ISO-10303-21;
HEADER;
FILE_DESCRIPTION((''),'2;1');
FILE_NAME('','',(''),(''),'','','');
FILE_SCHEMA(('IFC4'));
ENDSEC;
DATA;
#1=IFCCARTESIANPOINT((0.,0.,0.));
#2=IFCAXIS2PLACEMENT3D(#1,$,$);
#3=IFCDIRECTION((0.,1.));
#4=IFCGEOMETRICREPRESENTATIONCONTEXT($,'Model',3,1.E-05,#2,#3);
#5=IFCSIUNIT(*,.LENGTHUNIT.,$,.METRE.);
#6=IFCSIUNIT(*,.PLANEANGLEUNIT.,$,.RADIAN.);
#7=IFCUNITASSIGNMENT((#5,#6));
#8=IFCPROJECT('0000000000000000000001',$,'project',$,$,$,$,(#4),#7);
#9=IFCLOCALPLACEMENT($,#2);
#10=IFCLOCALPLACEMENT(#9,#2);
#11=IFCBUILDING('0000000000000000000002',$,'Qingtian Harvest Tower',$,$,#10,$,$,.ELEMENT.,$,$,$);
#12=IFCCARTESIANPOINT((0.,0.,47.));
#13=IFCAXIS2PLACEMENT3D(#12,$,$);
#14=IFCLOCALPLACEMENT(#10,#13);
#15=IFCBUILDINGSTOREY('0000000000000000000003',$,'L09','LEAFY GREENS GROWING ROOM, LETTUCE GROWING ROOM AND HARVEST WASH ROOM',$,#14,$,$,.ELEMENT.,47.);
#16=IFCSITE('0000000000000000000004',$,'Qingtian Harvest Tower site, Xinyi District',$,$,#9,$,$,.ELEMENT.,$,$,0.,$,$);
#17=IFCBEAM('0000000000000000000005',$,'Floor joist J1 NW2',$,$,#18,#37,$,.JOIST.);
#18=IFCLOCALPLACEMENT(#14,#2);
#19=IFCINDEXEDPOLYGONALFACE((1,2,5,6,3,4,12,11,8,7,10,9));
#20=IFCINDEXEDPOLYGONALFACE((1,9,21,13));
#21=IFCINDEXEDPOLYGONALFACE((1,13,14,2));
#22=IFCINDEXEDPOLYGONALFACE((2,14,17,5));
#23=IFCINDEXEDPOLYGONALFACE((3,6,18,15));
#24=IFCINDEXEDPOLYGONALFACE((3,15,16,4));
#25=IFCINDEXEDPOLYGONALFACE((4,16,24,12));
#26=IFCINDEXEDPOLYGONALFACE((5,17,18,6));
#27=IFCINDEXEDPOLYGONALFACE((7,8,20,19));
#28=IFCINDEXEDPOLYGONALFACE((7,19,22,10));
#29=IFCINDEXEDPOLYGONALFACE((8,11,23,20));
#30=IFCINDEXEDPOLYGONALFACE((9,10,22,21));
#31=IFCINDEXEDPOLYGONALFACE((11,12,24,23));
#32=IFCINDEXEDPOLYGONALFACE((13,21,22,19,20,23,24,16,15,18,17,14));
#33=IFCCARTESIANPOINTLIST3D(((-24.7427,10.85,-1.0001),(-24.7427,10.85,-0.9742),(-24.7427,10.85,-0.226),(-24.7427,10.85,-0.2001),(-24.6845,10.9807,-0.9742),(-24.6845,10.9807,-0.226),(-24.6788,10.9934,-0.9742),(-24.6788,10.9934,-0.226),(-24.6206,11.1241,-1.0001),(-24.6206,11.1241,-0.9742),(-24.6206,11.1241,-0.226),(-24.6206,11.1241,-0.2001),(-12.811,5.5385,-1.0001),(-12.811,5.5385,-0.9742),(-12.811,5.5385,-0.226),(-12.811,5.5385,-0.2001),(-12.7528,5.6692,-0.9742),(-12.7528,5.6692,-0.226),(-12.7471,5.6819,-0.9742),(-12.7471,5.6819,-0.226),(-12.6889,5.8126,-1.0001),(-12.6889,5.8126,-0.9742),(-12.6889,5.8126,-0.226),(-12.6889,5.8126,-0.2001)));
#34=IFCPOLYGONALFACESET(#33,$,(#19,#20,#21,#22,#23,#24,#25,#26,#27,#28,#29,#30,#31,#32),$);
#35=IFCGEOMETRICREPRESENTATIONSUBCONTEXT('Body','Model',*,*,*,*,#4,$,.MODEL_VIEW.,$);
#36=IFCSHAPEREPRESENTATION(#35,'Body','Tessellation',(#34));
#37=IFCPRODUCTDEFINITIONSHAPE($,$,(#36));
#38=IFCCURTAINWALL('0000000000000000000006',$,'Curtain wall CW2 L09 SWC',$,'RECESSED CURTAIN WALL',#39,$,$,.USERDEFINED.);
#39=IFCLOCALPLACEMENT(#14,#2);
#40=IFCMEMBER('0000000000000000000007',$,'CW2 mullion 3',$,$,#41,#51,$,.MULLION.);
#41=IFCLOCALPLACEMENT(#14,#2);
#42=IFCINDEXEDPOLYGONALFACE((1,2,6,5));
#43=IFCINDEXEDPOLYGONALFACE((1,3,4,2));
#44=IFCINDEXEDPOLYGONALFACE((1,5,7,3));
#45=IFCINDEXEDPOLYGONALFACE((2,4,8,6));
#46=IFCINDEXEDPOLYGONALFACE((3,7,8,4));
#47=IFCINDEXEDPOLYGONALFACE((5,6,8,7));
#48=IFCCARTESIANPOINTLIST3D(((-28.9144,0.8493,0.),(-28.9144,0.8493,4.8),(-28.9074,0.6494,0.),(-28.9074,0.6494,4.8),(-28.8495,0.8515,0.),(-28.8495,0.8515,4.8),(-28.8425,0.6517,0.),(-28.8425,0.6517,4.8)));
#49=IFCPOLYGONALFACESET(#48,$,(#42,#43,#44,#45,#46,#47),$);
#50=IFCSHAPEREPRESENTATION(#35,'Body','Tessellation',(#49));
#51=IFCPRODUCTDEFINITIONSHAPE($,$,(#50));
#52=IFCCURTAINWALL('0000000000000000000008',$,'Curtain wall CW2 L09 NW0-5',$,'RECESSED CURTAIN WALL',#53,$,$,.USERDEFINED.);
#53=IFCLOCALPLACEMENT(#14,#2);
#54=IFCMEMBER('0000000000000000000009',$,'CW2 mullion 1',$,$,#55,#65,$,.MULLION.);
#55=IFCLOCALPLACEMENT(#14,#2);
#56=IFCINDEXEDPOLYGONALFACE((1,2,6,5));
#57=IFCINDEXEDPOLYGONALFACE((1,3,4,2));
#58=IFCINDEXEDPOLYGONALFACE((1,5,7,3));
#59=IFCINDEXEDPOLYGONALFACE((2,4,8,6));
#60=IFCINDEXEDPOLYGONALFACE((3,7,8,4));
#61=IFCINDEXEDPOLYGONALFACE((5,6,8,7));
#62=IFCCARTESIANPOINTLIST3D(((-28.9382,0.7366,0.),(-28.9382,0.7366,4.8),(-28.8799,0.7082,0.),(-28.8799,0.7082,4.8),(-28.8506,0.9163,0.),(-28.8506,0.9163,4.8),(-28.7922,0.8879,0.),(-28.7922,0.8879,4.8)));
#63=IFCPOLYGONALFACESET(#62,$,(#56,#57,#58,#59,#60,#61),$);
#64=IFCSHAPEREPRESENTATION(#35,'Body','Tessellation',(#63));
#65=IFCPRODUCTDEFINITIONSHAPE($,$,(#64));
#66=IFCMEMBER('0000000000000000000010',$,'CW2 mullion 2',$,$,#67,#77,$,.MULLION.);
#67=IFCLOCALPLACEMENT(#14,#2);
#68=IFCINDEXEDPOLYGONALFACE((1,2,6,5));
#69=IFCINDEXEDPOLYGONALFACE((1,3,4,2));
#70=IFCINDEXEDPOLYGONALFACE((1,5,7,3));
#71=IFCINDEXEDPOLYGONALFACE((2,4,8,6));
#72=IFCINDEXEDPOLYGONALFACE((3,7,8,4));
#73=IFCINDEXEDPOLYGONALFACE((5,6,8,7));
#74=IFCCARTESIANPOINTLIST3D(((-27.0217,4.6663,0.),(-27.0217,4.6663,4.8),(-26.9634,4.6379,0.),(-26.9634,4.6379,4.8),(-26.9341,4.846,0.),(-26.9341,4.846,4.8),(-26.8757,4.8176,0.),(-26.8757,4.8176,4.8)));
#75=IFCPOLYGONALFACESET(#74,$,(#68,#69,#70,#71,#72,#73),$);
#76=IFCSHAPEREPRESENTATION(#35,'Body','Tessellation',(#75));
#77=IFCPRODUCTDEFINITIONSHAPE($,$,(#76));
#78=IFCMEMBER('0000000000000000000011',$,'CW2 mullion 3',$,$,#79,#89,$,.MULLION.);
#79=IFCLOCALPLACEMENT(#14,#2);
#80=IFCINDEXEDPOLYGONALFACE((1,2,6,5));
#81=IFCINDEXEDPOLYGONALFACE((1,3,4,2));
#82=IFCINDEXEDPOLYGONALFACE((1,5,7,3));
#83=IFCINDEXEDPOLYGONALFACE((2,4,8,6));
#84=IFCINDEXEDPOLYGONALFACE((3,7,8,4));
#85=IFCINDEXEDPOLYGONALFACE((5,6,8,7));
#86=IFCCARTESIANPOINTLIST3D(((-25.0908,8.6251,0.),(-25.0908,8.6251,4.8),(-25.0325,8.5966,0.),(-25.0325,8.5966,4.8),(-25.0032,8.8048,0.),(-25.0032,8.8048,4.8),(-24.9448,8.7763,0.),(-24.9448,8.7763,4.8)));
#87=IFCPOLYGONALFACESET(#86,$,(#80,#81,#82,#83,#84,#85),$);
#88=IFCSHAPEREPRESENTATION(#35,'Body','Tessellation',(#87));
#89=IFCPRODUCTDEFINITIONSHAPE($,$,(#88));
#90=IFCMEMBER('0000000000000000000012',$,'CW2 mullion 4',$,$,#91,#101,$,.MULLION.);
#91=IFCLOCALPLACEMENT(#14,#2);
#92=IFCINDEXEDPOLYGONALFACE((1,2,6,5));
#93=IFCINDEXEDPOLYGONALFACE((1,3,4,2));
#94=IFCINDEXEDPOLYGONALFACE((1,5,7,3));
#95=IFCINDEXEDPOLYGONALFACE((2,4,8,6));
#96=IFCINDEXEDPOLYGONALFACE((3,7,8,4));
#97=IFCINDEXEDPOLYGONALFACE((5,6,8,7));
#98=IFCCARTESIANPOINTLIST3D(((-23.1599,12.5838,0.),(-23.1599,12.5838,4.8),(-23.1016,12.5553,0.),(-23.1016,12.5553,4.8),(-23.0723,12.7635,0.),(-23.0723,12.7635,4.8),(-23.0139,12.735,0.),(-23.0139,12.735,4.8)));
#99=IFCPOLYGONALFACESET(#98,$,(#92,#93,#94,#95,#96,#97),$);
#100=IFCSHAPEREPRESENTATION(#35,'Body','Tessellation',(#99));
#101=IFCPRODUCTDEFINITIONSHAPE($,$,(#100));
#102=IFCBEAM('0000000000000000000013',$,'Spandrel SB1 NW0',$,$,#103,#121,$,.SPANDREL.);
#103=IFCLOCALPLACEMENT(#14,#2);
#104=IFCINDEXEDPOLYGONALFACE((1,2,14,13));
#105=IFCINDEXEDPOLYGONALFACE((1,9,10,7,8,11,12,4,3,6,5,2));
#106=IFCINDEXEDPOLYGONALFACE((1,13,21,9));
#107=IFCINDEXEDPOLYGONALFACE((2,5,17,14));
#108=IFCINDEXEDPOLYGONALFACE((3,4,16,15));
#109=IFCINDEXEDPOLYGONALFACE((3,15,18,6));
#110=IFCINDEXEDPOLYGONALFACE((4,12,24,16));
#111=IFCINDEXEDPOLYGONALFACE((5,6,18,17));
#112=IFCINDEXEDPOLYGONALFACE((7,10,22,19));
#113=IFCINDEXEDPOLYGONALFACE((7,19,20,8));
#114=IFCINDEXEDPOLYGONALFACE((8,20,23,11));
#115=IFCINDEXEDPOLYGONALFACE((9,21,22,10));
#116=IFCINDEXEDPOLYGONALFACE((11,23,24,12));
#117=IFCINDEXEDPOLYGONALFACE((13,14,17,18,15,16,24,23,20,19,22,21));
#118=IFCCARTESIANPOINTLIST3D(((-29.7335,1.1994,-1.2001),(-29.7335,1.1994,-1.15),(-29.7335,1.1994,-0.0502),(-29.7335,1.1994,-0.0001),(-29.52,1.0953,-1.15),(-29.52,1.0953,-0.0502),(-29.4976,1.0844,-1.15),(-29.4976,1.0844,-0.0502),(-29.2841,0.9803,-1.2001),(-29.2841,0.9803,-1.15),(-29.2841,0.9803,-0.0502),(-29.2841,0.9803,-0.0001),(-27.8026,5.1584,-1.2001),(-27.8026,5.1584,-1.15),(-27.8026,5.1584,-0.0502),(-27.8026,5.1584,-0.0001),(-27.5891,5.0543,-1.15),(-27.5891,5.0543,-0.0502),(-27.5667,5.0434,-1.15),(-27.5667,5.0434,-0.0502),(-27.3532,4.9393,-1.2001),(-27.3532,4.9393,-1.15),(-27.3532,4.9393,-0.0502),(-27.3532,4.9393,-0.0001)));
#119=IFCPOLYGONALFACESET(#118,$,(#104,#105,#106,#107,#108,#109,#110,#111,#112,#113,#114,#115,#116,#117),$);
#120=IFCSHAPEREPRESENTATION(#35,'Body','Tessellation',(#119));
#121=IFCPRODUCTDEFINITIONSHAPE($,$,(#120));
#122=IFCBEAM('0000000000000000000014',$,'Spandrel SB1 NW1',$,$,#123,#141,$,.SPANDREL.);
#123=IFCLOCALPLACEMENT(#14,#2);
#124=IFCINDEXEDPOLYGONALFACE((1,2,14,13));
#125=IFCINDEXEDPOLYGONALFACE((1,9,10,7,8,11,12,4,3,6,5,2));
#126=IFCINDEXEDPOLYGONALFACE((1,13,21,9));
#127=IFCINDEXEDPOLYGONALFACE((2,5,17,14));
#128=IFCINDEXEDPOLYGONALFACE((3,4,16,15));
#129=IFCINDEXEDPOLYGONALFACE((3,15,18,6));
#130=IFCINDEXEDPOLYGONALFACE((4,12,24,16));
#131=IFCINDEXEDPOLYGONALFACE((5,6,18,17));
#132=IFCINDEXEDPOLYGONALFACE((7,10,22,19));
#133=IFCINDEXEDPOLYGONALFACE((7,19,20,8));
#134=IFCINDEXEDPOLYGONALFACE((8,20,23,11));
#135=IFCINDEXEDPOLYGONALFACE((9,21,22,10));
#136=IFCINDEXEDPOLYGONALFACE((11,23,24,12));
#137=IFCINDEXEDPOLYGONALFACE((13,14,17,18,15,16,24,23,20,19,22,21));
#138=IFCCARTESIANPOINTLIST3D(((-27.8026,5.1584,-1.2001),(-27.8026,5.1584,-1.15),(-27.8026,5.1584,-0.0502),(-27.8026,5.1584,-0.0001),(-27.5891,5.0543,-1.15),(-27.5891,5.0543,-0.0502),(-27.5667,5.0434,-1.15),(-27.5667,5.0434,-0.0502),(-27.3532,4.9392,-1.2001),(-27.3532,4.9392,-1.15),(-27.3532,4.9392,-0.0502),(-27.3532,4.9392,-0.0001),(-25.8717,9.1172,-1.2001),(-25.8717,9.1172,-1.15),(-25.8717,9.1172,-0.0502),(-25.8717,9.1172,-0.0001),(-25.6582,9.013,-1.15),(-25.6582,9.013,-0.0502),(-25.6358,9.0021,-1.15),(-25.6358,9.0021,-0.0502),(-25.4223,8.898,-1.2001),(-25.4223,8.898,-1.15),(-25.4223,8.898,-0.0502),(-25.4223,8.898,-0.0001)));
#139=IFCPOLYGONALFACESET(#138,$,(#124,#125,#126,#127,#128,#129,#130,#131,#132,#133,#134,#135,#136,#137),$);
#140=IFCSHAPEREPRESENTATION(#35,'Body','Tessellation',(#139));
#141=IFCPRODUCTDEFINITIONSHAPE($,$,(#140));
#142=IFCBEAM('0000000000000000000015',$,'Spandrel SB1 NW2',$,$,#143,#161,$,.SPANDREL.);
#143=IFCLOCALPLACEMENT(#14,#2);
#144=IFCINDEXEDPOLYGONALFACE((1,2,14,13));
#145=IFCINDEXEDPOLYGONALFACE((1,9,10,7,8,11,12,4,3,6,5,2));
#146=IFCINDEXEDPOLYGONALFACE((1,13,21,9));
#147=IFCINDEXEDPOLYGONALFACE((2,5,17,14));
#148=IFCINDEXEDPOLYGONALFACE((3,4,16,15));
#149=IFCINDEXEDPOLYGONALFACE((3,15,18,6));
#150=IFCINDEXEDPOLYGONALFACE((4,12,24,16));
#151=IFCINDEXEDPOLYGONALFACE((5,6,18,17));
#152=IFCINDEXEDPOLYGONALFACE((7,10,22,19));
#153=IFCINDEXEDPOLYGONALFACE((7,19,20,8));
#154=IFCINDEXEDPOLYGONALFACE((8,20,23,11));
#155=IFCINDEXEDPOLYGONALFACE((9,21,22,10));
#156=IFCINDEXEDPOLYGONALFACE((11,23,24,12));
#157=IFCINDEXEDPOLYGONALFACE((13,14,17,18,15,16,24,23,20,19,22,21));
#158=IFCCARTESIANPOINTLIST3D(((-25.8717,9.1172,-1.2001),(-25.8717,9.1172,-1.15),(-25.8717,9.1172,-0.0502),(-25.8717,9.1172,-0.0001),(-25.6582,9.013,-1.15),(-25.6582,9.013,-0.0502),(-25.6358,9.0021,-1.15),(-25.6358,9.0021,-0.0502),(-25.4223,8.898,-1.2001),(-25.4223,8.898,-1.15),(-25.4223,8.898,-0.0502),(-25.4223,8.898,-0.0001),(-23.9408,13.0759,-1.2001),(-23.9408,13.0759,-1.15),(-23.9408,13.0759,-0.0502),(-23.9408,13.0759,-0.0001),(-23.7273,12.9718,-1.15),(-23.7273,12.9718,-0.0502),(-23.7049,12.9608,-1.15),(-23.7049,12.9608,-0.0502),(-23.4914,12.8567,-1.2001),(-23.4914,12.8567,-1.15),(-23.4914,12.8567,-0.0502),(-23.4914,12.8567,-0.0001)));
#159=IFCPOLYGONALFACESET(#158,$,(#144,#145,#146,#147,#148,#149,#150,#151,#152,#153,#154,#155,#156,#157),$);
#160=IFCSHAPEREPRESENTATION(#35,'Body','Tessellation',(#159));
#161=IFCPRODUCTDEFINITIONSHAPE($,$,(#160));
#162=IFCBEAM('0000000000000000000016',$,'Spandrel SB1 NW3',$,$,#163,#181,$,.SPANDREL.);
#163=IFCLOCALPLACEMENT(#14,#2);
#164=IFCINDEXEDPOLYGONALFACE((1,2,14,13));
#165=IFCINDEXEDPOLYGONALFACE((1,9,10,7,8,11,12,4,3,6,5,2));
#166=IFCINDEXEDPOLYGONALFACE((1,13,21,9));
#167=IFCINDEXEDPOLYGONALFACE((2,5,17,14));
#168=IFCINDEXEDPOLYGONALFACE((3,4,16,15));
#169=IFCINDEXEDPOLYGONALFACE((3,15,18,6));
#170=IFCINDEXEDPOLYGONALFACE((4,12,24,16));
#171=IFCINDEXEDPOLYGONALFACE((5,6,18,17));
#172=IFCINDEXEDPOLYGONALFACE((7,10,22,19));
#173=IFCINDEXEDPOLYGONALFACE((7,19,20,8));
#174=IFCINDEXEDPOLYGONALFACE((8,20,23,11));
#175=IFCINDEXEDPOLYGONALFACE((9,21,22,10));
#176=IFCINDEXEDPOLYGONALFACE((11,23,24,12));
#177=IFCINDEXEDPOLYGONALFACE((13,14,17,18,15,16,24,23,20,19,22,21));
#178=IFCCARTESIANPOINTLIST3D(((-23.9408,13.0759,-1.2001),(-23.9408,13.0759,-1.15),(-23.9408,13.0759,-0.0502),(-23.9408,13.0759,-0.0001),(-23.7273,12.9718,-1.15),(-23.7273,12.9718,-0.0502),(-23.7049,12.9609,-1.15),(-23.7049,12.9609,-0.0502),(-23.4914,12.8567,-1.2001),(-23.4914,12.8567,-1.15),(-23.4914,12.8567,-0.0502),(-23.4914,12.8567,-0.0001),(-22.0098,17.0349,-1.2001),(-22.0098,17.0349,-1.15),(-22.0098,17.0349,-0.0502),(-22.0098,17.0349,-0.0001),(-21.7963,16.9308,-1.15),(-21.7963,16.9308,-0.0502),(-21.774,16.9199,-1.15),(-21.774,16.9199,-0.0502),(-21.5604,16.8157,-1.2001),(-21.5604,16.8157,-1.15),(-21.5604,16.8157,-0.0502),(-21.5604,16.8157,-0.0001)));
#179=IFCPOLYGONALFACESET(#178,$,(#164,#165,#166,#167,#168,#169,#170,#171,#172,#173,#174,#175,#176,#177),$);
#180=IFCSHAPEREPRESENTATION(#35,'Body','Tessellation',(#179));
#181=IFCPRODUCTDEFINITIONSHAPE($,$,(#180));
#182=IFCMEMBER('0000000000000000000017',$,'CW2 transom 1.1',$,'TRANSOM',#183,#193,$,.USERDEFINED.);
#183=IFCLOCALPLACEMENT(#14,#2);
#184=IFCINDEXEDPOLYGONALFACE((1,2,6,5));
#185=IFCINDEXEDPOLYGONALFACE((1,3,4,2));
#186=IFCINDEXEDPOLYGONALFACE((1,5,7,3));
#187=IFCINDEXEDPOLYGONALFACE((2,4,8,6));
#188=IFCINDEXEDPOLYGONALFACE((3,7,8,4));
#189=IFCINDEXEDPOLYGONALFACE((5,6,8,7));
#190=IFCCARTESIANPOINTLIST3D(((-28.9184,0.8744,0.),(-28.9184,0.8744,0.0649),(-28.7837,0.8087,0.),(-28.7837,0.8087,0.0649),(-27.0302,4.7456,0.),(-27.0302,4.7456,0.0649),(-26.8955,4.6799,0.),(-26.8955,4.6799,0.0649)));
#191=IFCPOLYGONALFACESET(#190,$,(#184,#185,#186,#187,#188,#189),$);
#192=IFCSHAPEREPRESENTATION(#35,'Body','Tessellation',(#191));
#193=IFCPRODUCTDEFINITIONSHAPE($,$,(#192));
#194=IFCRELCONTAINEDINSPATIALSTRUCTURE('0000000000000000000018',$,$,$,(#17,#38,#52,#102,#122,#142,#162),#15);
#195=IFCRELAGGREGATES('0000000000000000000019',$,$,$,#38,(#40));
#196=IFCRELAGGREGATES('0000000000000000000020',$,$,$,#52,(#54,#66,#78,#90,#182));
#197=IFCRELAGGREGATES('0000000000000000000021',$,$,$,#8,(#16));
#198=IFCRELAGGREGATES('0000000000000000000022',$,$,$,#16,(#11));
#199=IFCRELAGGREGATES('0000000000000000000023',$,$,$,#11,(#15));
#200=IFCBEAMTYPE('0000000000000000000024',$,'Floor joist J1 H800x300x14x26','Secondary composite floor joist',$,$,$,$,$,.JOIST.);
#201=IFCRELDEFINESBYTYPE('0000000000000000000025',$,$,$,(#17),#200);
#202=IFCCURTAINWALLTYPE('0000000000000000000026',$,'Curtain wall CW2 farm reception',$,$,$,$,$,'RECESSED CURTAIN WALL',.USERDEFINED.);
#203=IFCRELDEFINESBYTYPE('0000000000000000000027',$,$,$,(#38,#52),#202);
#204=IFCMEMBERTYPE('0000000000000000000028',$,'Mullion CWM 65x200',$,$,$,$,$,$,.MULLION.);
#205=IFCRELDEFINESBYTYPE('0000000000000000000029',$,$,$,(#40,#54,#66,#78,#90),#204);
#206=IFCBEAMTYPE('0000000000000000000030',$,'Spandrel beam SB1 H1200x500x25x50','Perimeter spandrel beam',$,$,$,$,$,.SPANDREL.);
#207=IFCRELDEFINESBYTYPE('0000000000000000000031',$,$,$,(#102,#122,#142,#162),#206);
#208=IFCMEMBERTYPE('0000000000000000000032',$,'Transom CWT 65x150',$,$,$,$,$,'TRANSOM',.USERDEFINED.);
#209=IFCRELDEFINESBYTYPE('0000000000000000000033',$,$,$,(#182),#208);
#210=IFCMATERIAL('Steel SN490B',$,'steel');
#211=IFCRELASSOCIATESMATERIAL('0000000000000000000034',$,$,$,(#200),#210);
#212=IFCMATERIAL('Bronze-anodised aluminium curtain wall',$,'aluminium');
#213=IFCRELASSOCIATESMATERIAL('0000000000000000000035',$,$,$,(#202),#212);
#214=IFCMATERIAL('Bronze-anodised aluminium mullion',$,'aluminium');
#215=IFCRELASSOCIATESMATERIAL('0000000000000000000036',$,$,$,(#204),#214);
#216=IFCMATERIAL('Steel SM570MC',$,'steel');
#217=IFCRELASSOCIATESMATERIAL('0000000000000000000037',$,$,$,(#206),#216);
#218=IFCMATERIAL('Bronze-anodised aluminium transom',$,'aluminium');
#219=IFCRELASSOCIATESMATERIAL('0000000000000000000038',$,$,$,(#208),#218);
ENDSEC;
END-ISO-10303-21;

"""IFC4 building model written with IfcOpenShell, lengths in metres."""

from ifc_helpers import new_model, si_unit, direction, frame, origin, origin_2d, place, context, subcontext, project, spatial, rectangle, i_section, extrude, material, material_profile, profile_set, type_object, element, aggregate, save


model = new_model("IFC4")

# Units and contexts
model_context = context("Model", 3, precision=1e-05, world=origin(), true_north=direction((0.0, 1.0)))
body_context = subcontext(model_context, "Body", "Model", "MODEL_VIEW")
ifc_project = project(units=[si_unit("LENGTHUNIT", "METRE"), si_unit("PLANEANGLEUNIT", "RADIAN")], contexts=[model_context])

# Site, building, storey
site_placement = place(None, origin())
site = spatial("IfcSite", under=ifc_project, at=site_placement, Name="Qingtian Harvest Tower site, Xinyi District", CompositionType="ELEMENT", RefElevation=0.0)
building_placement = place(site_placement, origin())
building = spatial("IfcBuilding", under=site, at=building_placement, Name="Qingtian Harvest Tower", CompositionType="ELEMENT")
storey_placement = place(building_placement, frame((0.0, 0.0, 47.0)))
storey = spatial("IfcBuildingStorey", under=building, at=storey_placement, Name="L09", Description="LEAFY GREENS GROWING ROOM, LETTUCE GROWING ROOM AND HARVEST WASH ROOM", CompositionType="ELEMENT", Elevation=47.0)

# Beam
ifc_material_1 = material(Name="Steel SN490B", Category="steel")
ifc_material_profile_1 = material_profile(ifc_material_1, i_section(OverallWidth=0.3, OverallDepth=0.8, WebThickness=0.0139, FlangeThickness=0.0259, at=origin_2d()), Name="H800x300x14x26")
ifc_profile_set_1 = profile_set([ifc_material_profile_1], Name="Steel SN490B")
beam_type_1 = type_object("IfcBeamType", Name="Floor joist J1 H800x300x14x26", Description="Secondary composite floor joist", PredefinedType="JOIST", material=ifc_profile_set_1)
beam_1_placement = place(storey_placement, frame((-24.6816, 10.9871, -0.6001), z_axis=(0.913568, -0.406686, 0.0), x_axis=(0.406686, 0.913568, 0.0)))
element("IfcBeam", 1, at=beam_1_placement, inside=storey, type_object=beam_type_1, Name="Floor joist J1 NW2", PredefinedType="JOIST", context=body_context, shape_type="SweptSolid", body=[
    extrude(i_section(OverallWidth=0.3, OverallDepth=0.8, WebThickness=0.0139, FlangeThickness=0.0259, at=origin_2d()), origin(), (0.0, 0.0, 1.0), 13.0605),
])

# Curtain wall, member
ifc_material_2 = material(Name="Bronze-anodised aluminium curtain wall", Category="aluminium")
curtain_wall_type = type_object("IfcCurtainWallType", Name="Curtain wall CW2 farm reception", ElementType="RECESSED CURTAIN WALL", PredefinedType="USERDEFINED", material=ifc_material_2)
curtain_wall_1_placement = place(storey_placement, origin())
curtain_wall_1 = element("IfcCurtainWall", 2, at=curtain_wall_1_placement, inside=storey, type_object=curtain_wall_type, Name="Curtain wall CW2 L09 SWC", ObjectType="RECESSED CURTAIN WALL", PredefinedType="USERDEFINED")
ifc_material_3 = material(Name="Bronze-anodised aluminium mullion", Category="aluminium")
ifc_material_profile_2 = material_profile(ifc_material_3, rectangle(XDim=0.0649, YDim=0.2, at=origin_2d()), Name="AL 65x200")
ifc_profile_set_2 = profile_set([ifc_material_profile_2], Name="Bronze-anodised aluminium mullion")
member_type_1 = type_object("IfcMemberType", Name="Mullion CWM 65x200", PredefinedType="MULLION", material=ifc_profile_set_2)
member_1_placement = place(storey_placement, frame((-28.8784, 0.7505, 0.0), z_axis=(0.0, 0.0, 1.0), x_axis=(-0.999391, -0.034899, 0.0)))
member_1 = element("IfcMember", 3, at=member_1_placement, type_object=member_type_1, Name="CW2 mullion 3", PredefinedType="MULLION", context=body_context, shape_type="SweptSolid", body=[
    extrude(rectangle(XDim=0.0649, YDim=0.2, at=origin_2d()), origin(), (0.0, 0.0, 1.0), 4.8),
])
aggregate(curtain_wall_1, [member_1])

# Curtain wall, members
curtain_wall_2_placement = place(storey_placement, origin())
curtain_wall_2 = element("IfcCurtainWall", 4, at=curtain_wall_2_placement, inside=storey, type_object=curtain_wall_type, Name="Curtain wall CW2 L09 NW0-5", ObjectType="RECESSED CURTAIN WALL", PredefinedType="USERDEFINED")
member_2_placement = place(storey_placement, frame((-28.8652, 0.8123, 0.0), z_axis=(0.0, 0.0, 1.0), x_axis=(-0.898794, 0.438371, 0.0)))
member_2 = element("IfcMember", 5, at=member_2_placement, type_object=member_type_1, Name="CW2 mullion 1", PredefinedType="MULLION", context=body_context, shape_type="SweptSolid", body=[
    extrude(rectangle(XDim=0.0649, YDim=0.2, at=origin_2d()), origin(), (0.0, 0.0, 1.0), 4.8),
])
member_3_placement = place(storey_placement, frame((-26.9487, 4.7419, 0.0), z_axis=(0.0, 0.0, 1.0), x_axis=(-0.898794, 0.438371, 0.0)))
member_3 = element("IfcMember", 6, at=member_3_placement, type_object=member_type_1, Name="CW2 mullion 2", PredefinedType="MULLION", context=body_context, shape_type="SweptSolid", body=[
    extrude(rectangle(XDim=0.0649, YDim=0.2, at=origin_2d()), origin(), (0.0, 0.0, 1.0), 4.8),
])
member_4_placement = place(storey_placement, frame((-25.0178, 8.7007, 0.0), z_axis=(0.0, 0.0, 1.0), x_axis=(-0.898794, 0.438371, 0.0)))
member_4 = element("IfcMember", 7, at=member_4_placement, type_object=member_type_1, Name="CW2 mullion 3", PredefinedType="MULLION", context=body_context, shape_type="SweptSolid", body=[
    extrude(rectangle(XDim=0.0649, YDim=0.2, at=origin_2d()), origin(), (0.0, 0.0, 1.0), 4.8),
])
member_5_placement = place(storey_placement, frame((-23.0869, 12.6594, 0.0), z_axis=(0.0, 0.0, 1.0), x_axis=(-0.898794, 0.438371, 0.0)))
member_5 = element("IfcMember", 8, at=member_5_placement, type_object=member_type_1, Name="CW2 mullion 4", PredefinedType="MULLION", context=body_context, shape_type="SweptSolid", body=[
    extrude(rectangle(XDim=0.0649, YDim=0.2, at=origin_2d()), origin(), (0.0, 0.0, 1.0), 4.8),
])

# Beams
ifc_material_4 = material(Name="Steel SM570MC", Category="steel")
ifc_material_profile_3 = material_profile(ifc_material_4, i_section(OverallWidth=0.5, OverallDepth=1.2, WebThickness=0.0249, FlangeThickness=0.05, at=origin_2d()), Name="H1200x500x25x50")
ifc_profile_set_3 = profile_set([ifc_material_profile_3], Name="Steel SM570MC")
beam_type_2 = type_object("IfcBeamType", Name="Spandrel beam SB1 H1200x500x25x50", Description="Perimeter spandrel beam", PredefinedType="SPANDREL", material=ifc_profile_set_3)
beam_2_placement = place(storey_placement, frame((-29.5088, 1.0898, -0.6001), z_axis=(0.438368, 0.898796, 0.0), x_axis=(-0.898796, 0.438368, 0.0)))
element("IfcBeam", 9, at=beam_2_placement, inside=storey, type_object=beam_type_2, Name="Spandrel SB1 NW0", PredefinedType="SPANDREL", context=body_context, shape_type="SweptSolid", body=[
    extrude(i_section(OverallWidth=0.5, OverallDepth=1.2, WebThickness=0.0249, FlangeThickness=0.05, at=origin_2d()), origin(), (0.0, 0.0, 1.0), 4.4048),
])
for number, where, z_axis, x_axis, name in (
    (10, (-27.5779, 5.0488, -0.6001), (0.43839, 0.898785, 0.0), (-0.898785, 0.43839, 0.0), "Spandrel SB1 NW1"),
    (11, (-25.647, 9.0076, -0.6001), (0.43839, 0.898785, 0.0), (-0.898785, 0.43839, 0.0), "Spandrel SB1 NW2"),
):
    element("IfcBeam", number, at=place(storey_placement, frame(where, z_axis=z_axis, x_axis=x_axis)), inside=storey, type_object=beam_type_2, Name=name, PredefinedType="SPANDREL", context=body_context, shape_type="SweptSolid", body=[
        extrude(i_section(OverallWidth=0.5, OverallDepth=1.2, WebThickness=0.0249, FlangeThickness=0.05, at=origin_2d()), origin(), (0.0, 0.0, 1.0), 4.4045),
    ])
beam_3_placement = place(storey_placement, frame((-23.7161, 12.9663, -0.6001), z_axis=(0.438368, 0.898796, 0.0), x_axis=(-0.898796, 0.438368, 0.0)))
element("IfcBeam", 12, at=beam_3_placement, inside=storey, type_object=beam_type_2, Name="Spandrel SB1 NW3", PredefinedType="SPANDREL", context=body_context, shape_type="SweptSolid", body=[
    extrude(i_section(OverallWidth=0.5, OverallDepth=1.2, WebThickness=0.0249, FlangeThickness=0.05, at=origin_2d()), origin(), (0.0, 0.0, 1.0), 4.4048),
])

# Member
ifc_material_5 = material(Name="Bronze-anodised aluminium transom", Category="aluminium")
ifc_material_profile_4 = material_profile(ifc_material_5, rectangle(XDim=0.1499, YDim=0.0649, at=origin_2d()), Name="AL 65x150")
ifc_profile_set_4 = profile_set([ifc_material_profile_4], Name="Bronze-anodised aluminium transom")
member_type_2 = type_object("IfcMemberType", Name="Transom CWT 65x150", ElementType="TRANSOM", PredefinedType="USERDEFINED", material=ifc_profile_set_4)
member_6_placement = place(storey_placement, frame((-28.8511, 0.8416, 0.0325), z_axis=(0.438395, 0.898783, 0.0), x_axis=(-0.898783, 0.438395, 0.0)))
member_6 = element("IfcMember", 13, at=member_6_placement, type_object=member_type_2, Name="CW2 transom 1.1", ObjectType="TRANSOM", PredefinedType="USERDEFINED", context=body_context, shape_type="SweptSolid", body=[
    extrude(rectangle(XDim=0.1499, YDim=0.0649, at=origin_2d()), origin(), (0.0, 0.0, 1.0), 4.3071),
])

aggregate(curtain_wall_2, [member_2, member_3, member_4, member_5, member_6])

save(model, "model.ifc")
